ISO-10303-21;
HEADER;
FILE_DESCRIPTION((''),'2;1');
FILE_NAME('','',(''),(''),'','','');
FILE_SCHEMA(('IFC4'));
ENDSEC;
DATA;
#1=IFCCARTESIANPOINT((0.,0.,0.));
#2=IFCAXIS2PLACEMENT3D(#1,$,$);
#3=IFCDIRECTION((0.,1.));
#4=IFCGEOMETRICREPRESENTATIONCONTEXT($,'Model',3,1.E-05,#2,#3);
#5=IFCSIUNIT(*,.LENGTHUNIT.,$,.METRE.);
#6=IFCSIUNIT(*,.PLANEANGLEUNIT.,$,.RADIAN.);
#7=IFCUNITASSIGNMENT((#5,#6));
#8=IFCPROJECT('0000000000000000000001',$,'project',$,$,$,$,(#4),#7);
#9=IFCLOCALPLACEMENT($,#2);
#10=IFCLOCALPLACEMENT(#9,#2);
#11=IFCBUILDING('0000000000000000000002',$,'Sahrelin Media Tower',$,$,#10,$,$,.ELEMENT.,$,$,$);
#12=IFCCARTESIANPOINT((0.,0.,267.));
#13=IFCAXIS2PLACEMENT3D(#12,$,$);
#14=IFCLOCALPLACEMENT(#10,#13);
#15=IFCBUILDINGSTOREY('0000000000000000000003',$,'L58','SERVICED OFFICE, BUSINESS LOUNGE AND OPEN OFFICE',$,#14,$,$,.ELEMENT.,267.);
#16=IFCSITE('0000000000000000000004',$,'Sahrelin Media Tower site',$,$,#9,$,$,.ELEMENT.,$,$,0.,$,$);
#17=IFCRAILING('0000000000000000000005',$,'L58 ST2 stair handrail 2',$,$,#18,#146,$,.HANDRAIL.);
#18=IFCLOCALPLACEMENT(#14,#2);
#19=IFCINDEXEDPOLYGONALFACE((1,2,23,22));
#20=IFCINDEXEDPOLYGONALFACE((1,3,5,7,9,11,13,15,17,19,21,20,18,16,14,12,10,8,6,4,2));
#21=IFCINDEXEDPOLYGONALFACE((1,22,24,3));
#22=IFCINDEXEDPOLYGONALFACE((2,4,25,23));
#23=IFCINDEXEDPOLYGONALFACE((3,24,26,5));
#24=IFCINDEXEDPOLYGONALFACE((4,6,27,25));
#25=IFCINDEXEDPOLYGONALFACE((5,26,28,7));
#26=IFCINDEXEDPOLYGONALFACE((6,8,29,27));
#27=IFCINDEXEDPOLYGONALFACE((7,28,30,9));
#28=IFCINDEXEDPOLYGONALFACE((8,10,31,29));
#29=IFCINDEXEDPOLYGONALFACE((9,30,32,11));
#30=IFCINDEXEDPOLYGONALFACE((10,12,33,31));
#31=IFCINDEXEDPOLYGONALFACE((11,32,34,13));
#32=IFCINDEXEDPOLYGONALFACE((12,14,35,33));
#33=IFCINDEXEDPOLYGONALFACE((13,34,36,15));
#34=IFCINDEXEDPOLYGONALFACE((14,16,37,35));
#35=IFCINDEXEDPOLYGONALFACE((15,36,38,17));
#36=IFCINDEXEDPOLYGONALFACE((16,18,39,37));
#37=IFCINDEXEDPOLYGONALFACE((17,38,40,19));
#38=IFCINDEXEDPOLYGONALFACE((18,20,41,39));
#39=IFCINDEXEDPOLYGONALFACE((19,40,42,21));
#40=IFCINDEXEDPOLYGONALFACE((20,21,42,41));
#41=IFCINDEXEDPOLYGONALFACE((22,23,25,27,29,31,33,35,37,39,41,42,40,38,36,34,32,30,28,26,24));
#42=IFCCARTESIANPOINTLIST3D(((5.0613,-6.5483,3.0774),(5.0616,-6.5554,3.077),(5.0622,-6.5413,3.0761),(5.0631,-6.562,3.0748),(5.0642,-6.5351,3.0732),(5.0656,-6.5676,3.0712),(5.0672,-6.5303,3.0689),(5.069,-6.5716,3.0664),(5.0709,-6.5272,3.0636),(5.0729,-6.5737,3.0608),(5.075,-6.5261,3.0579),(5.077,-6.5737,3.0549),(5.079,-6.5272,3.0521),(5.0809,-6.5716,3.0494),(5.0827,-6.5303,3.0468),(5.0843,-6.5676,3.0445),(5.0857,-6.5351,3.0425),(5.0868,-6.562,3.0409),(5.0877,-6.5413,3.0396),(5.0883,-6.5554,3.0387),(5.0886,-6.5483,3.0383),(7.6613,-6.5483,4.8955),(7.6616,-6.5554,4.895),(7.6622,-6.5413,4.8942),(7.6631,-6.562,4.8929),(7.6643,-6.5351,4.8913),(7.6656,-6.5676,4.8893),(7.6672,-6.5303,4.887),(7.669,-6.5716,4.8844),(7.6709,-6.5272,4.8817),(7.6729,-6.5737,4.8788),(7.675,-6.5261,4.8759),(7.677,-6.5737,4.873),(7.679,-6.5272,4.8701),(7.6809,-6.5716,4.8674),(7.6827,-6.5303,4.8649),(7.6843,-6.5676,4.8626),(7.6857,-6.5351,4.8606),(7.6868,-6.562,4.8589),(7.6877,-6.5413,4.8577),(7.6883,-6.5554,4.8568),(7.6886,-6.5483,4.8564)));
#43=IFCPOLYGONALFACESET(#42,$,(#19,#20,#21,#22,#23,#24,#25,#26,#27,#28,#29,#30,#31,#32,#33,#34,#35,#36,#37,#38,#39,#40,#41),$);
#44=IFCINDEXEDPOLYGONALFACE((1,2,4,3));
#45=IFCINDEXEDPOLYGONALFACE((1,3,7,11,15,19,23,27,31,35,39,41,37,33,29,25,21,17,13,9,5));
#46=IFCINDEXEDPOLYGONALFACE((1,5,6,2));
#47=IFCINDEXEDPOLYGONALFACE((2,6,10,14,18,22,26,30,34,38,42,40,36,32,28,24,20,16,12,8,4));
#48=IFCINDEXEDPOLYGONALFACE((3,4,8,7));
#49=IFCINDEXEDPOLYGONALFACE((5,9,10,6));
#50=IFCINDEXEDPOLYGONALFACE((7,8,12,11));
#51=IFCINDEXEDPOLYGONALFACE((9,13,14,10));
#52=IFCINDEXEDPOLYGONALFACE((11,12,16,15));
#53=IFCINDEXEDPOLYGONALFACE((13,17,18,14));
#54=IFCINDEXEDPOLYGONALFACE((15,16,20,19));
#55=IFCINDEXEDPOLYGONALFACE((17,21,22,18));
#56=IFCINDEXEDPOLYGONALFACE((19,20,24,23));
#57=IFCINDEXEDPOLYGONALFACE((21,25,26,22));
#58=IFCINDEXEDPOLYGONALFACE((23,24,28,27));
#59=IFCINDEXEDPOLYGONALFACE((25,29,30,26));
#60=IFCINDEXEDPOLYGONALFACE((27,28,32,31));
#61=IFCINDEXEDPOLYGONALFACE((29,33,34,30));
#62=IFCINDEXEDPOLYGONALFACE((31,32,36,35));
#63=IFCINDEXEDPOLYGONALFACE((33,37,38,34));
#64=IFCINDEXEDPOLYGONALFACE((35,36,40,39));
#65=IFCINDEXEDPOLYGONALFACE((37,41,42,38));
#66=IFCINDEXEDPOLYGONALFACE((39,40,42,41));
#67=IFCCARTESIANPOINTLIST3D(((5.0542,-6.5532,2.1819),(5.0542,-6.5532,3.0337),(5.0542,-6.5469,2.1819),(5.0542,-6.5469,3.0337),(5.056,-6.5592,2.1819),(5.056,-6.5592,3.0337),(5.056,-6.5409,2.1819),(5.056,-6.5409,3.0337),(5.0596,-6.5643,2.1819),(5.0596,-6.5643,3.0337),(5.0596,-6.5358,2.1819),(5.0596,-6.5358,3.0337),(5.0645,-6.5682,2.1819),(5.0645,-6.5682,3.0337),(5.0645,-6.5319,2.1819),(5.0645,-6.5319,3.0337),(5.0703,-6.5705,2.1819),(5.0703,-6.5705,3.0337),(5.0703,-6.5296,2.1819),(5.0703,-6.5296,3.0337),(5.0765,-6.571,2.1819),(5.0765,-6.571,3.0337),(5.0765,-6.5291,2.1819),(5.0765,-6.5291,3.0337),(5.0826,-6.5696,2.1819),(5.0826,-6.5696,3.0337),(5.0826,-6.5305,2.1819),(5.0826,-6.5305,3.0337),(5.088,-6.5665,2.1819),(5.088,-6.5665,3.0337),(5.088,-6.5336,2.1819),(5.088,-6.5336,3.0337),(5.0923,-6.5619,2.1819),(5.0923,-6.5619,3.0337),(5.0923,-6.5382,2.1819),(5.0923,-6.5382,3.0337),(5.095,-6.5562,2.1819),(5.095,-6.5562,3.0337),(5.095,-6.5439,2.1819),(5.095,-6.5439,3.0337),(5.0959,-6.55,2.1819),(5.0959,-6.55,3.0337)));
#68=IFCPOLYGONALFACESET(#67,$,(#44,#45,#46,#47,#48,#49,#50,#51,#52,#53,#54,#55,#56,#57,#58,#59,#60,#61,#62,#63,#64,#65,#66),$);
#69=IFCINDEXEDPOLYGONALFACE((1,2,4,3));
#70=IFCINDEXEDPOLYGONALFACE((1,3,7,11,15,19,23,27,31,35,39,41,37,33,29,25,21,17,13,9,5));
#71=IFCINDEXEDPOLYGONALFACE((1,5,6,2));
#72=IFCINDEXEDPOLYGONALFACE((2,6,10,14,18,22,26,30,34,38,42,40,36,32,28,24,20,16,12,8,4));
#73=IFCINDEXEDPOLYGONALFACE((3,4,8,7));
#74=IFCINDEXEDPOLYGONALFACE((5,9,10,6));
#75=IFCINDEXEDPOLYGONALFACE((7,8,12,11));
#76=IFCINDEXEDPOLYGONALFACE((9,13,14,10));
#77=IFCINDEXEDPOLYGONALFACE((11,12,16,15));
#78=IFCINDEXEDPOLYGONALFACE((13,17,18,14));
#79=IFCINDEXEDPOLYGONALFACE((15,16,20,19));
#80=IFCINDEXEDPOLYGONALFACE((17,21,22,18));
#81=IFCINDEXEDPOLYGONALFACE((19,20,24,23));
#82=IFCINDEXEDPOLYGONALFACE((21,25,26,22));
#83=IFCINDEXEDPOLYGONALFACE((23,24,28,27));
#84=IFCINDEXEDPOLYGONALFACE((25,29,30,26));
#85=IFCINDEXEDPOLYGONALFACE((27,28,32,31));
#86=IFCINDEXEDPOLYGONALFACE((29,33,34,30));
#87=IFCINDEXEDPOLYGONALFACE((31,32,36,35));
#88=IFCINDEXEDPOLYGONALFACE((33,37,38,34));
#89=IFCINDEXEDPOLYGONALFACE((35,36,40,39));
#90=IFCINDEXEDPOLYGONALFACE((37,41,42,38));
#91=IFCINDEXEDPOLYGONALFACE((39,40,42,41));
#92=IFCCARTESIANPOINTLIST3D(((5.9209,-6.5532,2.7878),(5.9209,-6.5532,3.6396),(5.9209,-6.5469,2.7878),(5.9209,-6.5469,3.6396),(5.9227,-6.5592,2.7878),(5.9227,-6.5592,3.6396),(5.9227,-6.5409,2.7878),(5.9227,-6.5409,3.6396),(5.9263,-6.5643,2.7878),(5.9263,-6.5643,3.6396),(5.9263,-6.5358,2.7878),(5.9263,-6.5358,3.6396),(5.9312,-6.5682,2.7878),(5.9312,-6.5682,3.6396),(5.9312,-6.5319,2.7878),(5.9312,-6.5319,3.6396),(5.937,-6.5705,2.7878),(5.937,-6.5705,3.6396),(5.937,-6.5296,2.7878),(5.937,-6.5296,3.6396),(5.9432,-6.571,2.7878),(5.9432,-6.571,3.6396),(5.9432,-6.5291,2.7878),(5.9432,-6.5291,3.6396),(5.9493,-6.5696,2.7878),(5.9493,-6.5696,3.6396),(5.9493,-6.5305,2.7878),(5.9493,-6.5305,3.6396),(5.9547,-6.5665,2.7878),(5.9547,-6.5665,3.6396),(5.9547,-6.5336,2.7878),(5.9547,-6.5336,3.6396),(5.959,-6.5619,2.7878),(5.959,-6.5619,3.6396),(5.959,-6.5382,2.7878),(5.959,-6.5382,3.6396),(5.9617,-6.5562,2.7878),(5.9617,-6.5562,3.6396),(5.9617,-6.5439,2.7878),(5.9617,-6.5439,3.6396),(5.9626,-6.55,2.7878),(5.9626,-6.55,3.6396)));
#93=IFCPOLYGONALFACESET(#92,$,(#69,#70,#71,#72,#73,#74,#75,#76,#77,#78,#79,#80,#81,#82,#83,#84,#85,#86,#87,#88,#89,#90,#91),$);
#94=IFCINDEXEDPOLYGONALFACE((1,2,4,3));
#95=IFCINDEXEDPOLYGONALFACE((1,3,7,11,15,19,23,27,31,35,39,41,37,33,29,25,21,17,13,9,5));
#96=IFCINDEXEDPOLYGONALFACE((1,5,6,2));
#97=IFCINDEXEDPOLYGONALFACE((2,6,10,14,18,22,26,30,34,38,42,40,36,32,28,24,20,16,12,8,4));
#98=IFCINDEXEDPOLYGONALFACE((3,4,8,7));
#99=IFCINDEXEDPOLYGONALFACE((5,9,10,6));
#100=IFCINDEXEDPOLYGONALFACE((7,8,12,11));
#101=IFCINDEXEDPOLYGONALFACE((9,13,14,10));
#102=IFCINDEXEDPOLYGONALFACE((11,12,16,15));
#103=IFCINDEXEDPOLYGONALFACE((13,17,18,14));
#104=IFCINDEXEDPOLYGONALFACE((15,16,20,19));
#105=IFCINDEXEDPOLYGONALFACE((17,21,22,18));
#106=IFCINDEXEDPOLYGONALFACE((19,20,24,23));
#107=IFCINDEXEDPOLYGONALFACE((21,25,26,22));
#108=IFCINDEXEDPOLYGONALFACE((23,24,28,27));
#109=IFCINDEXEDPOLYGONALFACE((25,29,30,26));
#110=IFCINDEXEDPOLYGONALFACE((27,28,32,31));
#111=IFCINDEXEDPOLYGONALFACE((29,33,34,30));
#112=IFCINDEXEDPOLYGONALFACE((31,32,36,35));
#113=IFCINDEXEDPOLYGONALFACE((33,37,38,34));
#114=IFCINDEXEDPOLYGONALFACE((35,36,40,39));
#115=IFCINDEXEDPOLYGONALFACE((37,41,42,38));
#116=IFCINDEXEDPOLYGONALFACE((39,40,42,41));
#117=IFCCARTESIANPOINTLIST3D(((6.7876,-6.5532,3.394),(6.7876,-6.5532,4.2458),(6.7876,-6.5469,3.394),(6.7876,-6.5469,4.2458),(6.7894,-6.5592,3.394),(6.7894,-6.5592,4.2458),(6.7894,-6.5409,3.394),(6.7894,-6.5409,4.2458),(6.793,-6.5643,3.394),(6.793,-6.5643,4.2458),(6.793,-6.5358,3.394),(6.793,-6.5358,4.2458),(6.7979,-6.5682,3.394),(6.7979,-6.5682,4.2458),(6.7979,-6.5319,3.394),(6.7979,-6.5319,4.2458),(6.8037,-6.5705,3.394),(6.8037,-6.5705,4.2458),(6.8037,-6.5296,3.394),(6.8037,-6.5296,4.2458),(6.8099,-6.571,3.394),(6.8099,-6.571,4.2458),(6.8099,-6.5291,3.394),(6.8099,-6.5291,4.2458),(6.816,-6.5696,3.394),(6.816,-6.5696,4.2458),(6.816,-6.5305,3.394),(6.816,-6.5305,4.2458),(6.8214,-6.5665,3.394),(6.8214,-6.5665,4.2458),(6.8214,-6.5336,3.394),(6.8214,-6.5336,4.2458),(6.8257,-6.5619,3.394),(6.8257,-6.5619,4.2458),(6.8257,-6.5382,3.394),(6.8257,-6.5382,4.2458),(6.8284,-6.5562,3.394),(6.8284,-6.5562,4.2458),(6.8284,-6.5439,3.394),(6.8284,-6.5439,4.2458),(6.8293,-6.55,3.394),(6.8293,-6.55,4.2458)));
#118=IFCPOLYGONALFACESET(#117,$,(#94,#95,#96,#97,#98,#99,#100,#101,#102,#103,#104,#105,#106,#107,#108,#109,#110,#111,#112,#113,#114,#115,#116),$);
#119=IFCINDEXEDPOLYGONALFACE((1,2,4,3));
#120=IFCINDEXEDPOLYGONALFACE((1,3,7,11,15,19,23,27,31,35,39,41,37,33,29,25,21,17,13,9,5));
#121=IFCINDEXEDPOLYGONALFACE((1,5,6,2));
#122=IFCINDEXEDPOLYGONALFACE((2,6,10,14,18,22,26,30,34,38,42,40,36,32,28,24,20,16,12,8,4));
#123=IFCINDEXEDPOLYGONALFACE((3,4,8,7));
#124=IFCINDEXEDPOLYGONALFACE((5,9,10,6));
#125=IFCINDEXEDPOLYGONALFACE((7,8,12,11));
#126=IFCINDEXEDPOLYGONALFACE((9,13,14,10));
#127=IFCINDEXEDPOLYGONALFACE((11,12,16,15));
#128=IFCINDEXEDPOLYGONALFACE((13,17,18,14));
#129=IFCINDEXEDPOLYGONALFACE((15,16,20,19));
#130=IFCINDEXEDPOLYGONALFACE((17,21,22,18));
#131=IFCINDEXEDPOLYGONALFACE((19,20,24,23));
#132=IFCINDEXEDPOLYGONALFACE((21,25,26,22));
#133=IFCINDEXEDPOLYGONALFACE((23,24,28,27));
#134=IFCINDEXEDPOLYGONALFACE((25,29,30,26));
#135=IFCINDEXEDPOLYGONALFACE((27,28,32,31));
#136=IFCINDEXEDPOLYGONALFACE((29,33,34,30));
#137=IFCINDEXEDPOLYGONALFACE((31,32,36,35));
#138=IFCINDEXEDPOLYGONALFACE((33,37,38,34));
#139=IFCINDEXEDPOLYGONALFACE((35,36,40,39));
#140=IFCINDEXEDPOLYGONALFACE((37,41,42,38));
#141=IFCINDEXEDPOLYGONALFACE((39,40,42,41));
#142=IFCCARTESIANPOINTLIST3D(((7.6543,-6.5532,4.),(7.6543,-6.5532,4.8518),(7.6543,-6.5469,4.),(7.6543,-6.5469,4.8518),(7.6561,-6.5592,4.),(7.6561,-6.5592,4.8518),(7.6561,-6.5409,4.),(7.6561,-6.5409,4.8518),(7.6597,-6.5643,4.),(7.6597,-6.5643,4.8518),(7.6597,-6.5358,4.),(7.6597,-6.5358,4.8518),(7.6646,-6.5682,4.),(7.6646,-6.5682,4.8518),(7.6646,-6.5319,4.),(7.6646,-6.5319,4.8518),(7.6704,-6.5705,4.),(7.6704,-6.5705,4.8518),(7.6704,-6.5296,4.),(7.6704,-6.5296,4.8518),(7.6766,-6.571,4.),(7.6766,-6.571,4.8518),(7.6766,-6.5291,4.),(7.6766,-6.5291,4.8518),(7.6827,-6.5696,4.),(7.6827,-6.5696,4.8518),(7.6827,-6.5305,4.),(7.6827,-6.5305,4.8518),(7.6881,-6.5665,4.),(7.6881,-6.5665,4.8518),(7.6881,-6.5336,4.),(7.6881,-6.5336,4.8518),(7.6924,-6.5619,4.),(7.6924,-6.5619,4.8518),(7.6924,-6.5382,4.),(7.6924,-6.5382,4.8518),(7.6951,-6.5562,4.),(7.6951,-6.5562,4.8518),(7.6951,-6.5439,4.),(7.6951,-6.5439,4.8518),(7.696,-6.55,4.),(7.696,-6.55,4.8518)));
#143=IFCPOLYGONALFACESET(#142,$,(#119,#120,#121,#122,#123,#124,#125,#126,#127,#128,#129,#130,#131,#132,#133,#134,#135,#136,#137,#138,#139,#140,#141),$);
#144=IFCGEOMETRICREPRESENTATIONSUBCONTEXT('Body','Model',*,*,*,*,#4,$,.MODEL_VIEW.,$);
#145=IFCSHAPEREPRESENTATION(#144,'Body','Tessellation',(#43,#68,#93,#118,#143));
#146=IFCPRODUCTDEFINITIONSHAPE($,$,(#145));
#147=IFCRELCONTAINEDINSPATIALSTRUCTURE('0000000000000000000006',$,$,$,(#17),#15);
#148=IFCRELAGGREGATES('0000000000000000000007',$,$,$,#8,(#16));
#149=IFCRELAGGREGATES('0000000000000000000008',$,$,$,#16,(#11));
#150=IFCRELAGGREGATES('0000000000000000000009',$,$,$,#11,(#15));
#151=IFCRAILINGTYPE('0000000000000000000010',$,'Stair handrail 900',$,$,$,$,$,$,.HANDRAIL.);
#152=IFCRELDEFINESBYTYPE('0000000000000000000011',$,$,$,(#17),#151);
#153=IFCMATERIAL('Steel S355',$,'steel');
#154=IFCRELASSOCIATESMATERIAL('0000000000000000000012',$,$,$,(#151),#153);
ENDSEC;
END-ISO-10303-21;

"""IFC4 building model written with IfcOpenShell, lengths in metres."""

from ifc_helpers import new_model, si_unit, direction, frame, origin, origin_2d, place, context, subcontext, project, spatial, circle, extrude, material, type_object, element, save


model = new_model("IFC4")

# Units and contexts
model_context = context("Model", 3, precision=1e-05, world=origin(), true_north=direction((0.0, 1.0)))
body_context = subcontext(model_context, "Body", "Model", "MODEL_VIEW")
ifc_project = project(units=[si_unit("LENGTHUNIT", "METRE"), si_unit("PLANEANGLEUNIT", "RADIAN")], contexts=[model_context])

# Site, building, storey
site_placement = place(None, origin())
site = spatial("IfcSite", under=ifc_project, at=site_placement, Name="Sahrelin Media Tower site", CompositionType="ELEMENT", RefElevation=0.0)
building_placement = place(site_placement, origin())
building = spatial("IfcBuilding", under=site, at=building_placement, Name="Sahrelin Media Tower", CompositionType="ELEMENT")
storey_placement = place(building_placement, frame((0.0, 0.0, 267.0)))
storey = spatial("IfcBuildingStorey", under=building, at=storey_placement, Name="L58", Description="SERVICED OFFICE, BUSINESS LOUNGE AND OPEN OFFICE", CompositionType="ELEMENT", Elevation=267.0)

# Shared definitions
ifc_material_1 = material(Name="Steel S355", Category="steel")

# Railing
railing_type_1 = type_object("IfcRailingType", Name="Stair handrail 900", PredefinedType="HANDRAIL", material=ifc_material_1)
railing_1_placement = place(storey_placement, frame((5.075, -6.55, 2.1819)))
element("IfcRailing", 1, at=railing_1_placement, inside=storey, type_object=railing_type_1, Name="L58 ST2 stair handrail 2", PredefinedType="HANDRAIL", context=body_context, shape_type="SweptSolid", body=[
    extrude(circle(Radius=0.0239, at=origin_2d()), frame((0.0, 0.0, 0.876), z_axis=(0.819521, 0.0, 0.573049), x_axis=(0.0, 1.0, 0.0)), (0.0, 0.0, 1.0), 3.1726),
    extrude(circle(Radius=0.021, at=origin_2d()), origin(), (0.0, 0.0, 1.0), 0.8518),
    extrude(circle(Radius=0.021, at=origin_2d()), frame((0.8667, 0.0, 0.606)), (0.0, 0.0, 1.0), 0.8518),
    extrude(circle(Radius=0.021, at=origin_2d()), frame((1.7334, 0.0, 1.2122)), (0.0, 0.0, 1.0), 0.8518),
    extrude(circle(Radius=0.021, at=origin_2d()), frame((2.6001, 0.0, 1.8181)), (0.0, 0.0, 1.0), 0.8518),
])

save(model, "model.ifc")
